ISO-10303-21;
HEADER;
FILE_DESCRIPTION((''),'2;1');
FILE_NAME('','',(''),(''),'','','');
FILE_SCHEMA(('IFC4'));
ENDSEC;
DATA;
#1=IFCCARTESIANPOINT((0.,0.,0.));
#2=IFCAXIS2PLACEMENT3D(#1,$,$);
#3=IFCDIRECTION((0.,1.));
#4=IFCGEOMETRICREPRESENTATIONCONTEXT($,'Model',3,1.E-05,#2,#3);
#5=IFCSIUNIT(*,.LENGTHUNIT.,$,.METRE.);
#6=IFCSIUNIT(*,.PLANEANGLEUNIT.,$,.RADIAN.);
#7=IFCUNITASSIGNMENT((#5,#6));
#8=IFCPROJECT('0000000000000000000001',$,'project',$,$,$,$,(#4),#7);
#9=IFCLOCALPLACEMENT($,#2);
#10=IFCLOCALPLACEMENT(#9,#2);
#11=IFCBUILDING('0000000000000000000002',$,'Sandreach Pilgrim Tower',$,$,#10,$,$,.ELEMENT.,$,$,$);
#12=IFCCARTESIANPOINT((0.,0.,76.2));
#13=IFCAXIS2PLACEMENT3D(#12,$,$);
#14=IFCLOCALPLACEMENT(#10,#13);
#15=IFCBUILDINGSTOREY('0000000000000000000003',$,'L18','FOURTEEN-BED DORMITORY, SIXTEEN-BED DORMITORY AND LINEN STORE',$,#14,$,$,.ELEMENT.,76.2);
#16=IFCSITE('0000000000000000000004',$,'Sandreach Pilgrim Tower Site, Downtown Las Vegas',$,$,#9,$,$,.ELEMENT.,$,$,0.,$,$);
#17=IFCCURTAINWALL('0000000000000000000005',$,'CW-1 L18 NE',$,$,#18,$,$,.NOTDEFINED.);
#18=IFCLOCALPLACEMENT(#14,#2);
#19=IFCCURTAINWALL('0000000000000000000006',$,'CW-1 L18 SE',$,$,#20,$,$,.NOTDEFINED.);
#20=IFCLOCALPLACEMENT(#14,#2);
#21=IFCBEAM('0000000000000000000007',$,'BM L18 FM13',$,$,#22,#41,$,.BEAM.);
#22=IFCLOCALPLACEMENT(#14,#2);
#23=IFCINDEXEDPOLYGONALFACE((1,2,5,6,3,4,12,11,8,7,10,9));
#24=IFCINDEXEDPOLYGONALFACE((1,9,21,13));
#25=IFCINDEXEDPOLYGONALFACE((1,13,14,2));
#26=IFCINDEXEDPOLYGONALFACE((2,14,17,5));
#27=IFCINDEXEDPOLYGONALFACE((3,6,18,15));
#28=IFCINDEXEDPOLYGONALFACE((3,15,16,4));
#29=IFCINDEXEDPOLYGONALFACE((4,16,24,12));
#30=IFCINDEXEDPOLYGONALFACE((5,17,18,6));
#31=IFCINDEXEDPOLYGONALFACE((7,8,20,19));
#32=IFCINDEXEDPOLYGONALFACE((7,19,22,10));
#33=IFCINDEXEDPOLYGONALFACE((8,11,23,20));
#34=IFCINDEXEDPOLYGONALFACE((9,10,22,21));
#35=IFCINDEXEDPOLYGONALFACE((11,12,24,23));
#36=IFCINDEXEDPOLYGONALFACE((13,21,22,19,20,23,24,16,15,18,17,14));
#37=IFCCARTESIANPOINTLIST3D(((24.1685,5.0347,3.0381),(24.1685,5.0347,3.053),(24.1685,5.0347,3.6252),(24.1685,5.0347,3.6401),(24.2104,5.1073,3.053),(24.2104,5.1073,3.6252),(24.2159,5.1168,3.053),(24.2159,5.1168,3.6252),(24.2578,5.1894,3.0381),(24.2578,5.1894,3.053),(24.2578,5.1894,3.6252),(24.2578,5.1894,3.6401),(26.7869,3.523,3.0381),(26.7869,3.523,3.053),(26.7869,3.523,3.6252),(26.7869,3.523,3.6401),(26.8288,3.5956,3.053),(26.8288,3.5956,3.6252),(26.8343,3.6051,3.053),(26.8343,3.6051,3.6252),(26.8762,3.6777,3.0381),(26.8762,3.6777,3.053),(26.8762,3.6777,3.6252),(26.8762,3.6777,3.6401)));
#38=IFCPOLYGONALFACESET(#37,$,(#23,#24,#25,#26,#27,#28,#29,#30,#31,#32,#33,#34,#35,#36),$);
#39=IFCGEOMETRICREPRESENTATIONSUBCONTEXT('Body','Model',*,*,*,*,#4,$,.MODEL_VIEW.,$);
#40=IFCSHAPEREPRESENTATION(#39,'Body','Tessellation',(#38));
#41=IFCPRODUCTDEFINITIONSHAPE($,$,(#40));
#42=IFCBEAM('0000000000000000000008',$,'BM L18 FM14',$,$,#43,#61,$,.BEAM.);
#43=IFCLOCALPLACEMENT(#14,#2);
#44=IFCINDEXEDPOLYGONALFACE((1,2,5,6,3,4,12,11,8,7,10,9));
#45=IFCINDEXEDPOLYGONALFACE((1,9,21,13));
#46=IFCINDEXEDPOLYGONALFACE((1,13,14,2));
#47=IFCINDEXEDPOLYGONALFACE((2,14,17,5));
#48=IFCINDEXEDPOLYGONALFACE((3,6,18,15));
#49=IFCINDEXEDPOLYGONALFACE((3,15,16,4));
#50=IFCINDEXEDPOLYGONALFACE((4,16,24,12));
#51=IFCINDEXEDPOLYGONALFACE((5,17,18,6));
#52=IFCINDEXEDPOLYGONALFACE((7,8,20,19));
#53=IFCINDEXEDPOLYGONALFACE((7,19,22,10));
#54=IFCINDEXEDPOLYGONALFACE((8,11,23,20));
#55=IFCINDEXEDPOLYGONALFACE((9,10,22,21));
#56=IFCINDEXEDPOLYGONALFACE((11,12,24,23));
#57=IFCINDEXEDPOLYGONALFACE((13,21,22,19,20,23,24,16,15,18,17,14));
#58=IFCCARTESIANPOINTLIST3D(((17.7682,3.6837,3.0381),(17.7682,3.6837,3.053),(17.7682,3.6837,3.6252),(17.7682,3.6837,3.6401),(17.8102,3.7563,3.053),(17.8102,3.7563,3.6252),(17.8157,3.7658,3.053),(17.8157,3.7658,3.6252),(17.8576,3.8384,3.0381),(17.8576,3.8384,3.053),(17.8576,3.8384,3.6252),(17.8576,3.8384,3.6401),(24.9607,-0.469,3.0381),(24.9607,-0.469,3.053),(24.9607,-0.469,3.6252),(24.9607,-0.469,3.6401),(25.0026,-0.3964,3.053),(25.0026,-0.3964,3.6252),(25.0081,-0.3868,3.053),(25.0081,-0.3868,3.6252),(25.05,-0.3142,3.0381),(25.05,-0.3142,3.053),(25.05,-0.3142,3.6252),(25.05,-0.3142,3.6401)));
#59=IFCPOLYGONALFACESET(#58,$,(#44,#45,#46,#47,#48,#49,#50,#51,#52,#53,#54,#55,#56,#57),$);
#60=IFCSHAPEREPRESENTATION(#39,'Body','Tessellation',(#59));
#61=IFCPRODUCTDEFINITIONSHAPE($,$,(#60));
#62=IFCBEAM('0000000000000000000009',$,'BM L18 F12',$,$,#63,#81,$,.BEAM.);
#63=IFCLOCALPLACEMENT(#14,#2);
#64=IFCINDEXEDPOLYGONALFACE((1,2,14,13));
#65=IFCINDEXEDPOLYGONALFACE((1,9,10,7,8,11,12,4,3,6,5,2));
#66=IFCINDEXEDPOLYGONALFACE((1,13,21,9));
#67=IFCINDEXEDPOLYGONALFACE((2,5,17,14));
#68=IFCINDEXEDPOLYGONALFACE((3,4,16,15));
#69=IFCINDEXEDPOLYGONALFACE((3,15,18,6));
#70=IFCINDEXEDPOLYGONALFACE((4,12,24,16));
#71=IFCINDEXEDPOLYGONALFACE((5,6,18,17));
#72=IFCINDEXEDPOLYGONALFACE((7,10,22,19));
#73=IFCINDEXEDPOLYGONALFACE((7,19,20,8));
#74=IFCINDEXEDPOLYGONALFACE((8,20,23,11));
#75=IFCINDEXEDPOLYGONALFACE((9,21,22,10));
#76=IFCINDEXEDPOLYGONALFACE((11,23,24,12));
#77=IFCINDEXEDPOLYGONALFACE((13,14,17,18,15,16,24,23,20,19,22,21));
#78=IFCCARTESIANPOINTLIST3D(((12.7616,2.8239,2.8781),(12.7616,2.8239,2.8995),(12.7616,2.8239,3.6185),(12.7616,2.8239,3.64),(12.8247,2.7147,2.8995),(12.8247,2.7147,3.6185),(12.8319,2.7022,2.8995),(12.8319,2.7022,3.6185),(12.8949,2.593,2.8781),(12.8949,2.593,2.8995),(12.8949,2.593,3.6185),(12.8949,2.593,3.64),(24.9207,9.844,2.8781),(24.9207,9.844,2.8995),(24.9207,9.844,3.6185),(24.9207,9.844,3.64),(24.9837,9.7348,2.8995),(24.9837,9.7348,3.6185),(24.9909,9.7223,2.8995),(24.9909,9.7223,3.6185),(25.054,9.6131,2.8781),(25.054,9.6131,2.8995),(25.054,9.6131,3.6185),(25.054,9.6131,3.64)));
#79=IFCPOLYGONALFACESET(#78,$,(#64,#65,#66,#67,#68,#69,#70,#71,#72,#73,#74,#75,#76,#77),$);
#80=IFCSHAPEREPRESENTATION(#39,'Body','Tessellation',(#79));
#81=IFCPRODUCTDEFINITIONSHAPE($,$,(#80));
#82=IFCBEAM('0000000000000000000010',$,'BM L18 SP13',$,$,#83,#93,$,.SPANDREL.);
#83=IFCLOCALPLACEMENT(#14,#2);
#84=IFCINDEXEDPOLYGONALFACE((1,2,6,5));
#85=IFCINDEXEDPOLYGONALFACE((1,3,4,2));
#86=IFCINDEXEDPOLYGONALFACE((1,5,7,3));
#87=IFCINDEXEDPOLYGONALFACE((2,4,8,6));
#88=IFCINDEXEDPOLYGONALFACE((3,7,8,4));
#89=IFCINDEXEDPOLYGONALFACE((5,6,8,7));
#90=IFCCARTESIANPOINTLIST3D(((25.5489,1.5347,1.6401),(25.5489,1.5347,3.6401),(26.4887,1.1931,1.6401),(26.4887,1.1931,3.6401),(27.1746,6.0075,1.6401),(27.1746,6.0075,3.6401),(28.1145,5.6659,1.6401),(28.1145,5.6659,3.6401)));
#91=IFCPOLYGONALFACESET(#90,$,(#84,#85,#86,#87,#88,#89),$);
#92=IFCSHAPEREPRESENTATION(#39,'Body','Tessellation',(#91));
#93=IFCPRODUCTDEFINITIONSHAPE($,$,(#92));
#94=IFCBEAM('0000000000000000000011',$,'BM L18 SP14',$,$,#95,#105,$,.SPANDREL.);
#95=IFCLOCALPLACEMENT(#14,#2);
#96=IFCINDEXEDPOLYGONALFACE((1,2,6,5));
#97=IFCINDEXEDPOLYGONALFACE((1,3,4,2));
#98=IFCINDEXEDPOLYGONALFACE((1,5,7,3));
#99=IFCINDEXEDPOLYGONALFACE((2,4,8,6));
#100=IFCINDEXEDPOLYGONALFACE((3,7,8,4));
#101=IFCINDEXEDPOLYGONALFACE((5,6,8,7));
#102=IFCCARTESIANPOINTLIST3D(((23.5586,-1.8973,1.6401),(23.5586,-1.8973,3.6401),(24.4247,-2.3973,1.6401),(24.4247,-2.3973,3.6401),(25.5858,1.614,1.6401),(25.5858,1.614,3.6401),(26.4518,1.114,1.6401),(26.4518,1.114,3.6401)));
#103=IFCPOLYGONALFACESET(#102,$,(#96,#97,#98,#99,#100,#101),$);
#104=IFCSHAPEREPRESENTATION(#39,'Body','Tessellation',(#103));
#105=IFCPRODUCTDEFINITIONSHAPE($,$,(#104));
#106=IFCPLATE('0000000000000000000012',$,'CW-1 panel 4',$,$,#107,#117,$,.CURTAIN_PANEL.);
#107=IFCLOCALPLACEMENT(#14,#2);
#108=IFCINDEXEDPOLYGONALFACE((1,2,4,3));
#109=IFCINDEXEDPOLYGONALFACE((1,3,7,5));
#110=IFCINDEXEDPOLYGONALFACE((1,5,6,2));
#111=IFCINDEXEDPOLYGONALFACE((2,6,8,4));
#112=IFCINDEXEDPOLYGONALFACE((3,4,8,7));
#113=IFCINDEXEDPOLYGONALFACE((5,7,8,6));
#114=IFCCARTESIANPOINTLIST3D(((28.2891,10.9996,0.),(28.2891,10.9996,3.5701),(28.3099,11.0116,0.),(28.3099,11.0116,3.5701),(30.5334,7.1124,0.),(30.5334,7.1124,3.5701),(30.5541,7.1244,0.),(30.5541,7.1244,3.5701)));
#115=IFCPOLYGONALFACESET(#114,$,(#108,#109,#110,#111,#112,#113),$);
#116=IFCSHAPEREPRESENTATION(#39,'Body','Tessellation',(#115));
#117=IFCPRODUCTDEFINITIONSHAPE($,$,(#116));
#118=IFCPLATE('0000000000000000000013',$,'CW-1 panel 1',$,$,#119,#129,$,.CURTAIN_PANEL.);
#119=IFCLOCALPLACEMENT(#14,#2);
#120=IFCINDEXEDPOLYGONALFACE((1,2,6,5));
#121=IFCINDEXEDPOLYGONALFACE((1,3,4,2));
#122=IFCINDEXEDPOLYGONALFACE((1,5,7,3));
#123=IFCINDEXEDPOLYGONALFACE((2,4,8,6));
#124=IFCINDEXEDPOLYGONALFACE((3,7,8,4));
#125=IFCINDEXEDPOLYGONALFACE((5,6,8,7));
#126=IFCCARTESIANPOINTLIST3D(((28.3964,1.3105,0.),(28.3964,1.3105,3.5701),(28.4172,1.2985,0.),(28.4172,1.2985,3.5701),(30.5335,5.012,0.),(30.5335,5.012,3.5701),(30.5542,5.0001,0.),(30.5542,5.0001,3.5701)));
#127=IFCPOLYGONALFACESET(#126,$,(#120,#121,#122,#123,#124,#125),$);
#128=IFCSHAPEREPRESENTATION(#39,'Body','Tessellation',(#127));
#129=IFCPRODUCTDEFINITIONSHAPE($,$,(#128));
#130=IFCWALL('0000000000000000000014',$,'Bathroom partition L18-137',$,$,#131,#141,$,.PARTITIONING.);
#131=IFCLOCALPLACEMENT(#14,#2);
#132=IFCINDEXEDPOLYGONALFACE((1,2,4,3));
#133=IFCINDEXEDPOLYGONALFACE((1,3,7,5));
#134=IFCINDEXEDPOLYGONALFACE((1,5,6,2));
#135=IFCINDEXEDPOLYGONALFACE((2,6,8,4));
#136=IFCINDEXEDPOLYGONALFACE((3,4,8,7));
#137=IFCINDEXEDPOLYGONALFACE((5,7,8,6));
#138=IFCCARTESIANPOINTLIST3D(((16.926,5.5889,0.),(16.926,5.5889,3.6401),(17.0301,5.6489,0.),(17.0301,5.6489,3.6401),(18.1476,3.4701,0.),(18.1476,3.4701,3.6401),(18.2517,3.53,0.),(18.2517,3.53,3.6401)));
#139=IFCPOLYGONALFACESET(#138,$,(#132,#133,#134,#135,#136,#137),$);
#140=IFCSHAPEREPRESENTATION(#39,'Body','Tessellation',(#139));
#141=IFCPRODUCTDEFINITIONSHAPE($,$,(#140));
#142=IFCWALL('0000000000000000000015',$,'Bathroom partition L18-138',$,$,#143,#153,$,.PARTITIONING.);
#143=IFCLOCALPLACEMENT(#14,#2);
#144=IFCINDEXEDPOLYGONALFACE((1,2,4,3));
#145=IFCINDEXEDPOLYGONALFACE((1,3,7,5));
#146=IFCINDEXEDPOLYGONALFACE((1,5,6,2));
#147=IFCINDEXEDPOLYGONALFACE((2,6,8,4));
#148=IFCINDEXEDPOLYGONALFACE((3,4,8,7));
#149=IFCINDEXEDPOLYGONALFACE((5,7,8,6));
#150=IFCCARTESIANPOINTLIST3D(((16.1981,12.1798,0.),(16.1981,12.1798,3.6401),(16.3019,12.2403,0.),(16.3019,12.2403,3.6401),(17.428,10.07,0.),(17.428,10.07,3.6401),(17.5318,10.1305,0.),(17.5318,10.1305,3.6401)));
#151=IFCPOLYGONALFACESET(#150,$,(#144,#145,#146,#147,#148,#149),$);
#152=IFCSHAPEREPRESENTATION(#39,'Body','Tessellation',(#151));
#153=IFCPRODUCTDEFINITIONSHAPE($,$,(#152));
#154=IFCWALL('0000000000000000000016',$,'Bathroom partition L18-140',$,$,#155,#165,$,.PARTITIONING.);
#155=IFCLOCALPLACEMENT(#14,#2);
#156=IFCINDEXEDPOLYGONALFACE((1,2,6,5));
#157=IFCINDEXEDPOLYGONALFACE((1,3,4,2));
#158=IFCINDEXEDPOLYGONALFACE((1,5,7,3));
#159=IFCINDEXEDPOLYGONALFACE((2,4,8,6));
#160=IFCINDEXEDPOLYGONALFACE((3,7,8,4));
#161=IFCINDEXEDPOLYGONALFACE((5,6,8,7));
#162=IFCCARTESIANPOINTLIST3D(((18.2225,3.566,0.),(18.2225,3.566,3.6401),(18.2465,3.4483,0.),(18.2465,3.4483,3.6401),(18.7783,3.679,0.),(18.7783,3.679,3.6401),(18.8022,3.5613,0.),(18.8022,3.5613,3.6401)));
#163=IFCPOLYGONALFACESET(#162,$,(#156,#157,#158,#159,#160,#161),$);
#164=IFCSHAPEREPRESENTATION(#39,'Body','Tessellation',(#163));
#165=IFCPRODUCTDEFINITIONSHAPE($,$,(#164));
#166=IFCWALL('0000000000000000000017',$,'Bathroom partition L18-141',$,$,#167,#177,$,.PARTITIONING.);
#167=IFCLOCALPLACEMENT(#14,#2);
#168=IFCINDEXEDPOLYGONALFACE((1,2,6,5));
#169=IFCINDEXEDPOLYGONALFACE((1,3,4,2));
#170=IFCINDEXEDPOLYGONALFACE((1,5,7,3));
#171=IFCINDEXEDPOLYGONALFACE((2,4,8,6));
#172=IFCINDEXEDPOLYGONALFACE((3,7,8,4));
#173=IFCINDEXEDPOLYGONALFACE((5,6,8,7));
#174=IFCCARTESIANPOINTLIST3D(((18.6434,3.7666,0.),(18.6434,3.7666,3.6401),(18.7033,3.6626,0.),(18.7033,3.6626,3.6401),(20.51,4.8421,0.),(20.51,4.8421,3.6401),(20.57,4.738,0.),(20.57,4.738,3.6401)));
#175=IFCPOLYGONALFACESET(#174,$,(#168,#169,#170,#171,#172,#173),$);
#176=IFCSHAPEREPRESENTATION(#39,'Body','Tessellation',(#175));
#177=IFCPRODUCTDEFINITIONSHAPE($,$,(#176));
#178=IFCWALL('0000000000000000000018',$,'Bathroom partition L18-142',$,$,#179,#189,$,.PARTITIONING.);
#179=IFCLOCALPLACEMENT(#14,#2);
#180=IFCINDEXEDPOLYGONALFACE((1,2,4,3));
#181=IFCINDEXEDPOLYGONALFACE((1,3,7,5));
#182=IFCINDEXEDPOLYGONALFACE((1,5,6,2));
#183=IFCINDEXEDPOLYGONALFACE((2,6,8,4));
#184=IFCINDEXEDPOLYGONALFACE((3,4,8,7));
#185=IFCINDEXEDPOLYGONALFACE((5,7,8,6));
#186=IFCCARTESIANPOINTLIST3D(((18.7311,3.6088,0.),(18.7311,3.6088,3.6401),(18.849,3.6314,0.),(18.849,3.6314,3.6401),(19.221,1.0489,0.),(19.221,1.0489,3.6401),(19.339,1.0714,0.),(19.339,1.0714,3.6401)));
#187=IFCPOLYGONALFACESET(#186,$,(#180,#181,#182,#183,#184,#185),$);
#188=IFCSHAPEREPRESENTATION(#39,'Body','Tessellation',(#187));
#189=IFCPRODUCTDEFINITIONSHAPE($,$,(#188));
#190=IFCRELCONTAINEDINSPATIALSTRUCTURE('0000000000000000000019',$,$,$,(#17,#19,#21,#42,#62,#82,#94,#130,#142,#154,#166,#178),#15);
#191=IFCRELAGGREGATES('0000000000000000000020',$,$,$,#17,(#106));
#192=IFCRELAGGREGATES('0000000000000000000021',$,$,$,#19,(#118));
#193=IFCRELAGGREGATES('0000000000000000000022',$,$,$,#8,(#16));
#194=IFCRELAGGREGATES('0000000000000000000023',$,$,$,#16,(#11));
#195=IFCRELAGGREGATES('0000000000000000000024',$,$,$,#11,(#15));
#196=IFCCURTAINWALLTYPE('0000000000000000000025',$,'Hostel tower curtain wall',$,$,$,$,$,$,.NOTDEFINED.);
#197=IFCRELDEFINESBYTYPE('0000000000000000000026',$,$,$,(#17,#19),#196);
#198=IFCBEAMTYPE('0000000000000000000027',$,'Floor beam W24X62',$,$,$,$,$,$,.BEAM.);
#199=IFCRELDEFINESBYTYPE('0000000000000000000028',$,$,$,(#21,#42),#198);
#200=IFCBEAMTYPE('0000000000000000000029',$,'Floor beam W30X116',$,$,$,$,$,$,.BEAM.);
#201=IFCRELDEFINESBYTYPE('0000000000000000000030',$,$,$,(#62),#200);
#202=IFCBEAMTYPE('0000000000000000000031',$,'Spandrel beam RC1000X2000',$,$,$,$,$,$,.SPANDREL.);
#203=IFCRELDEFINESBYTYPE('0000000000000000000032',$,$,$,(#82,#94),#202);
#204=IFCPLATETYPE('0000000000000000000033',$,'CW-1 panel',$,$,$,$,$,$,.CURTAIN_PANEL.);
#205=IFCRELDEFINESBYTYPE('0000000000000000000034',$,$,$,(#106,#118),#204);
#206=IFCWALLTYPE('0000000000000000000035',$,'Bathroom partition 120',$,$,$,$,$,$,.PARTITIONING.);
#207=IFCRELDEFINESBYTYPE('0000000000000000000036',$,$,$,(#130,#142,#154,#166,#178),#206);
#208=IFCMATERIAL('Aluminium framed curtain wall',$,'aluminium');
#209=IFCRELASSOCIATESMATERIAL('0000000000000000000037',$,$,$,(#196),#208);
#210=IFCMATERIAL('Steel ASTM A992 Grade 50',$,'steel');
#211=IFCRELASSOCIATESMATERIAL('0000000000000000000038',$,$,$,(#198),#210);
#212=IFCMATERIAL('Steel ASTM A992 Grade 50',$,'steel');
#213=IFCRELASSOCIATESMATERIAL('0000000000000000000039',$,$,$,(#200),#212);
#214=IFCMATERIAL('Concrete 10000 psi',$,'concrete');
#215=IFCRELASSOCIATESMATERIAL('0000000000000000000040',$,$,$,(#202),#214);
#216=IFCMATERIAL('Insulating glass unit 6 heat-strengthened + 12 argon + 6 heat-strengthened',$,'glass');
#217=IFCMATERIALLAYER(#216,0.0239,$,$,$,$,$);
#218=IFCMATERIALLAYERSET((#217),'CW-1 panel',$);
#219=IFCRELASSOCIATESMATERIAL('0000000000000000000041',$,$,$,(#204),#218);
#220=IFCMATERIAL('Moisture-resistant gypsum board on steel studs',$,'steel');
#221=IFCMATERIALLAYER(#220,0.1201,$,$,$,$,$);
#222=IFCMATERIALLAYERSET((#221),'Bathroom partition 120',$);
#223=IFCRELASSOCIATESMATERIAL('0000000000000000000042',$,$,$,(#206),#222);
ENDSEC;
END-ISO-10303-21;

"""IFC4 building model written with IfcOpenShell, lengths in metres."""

from ifc_helpers import new_model, si_unit, direction, frame, frame_2d, origin, origin_2d, place, context, subcontext, project, spatial, rectangle, i_section, extrude, material, layer, layer_set, material_profile, profile_set, type_object, element, aggregate, save


model = new_model("IFC4")

# Units and contexts
model_context = context("Model", 3, precision=1e-05, world=origin(), true_north=direction((0.0, 1.0)))
body_context = subcontext(model_context, "Body", "Model", "MODEL_VIEW")
ifc_project = project(units=[si_unit("LENGTHUNIT", "METRE"), si_unit("PLANEANGLEUNIT", "RADIAN")], contexts=[model_context])

# Site, building, storey
site_placement = place(None, origin())
site = spatial("IfcSite", under=ifc_project, at=site_placement, Name="Sandreach Pilgrim Tower Site, Downtown Las Vegas", CompositionType="ELEMENT", RefElevation=0.0)
building_placement = place(site_placement, origin())
building = spatial("IfcBuilding", under=site, at=building_placement, Name="Sandreach Pilgrim Tower", CompositionType="ELEMENT")
storey_placement = place(building_placement, frame((0.0, 0.0, 76.2)))
storey = spatial("IfcBuildingStorey", under=building, at=storey_placement, Name="L18", Description="FOURTEEN-BED DORMITORY, SIXTEEN-BED DORMITORY AND LINEN STORE", CompositionType="ELEMENT", Elevation=76.2)

# Curtain wall
ifc_material_1 = material(Name="Aluminium framed curtain wall", Category="aluminium")
curtain_wall_type = type_object("IfcCurtainWallType", Name="Hostel tower curtain wall", PredefinedType="NOTDEFINED", material=ifc_material_1)
curtain_wall_1_placement = place(storey_placement, origin())
curtain_wall_1 = element("IfcCurtainWall", 1, at=curtain_wall_1_placement, inside=storey, type_object=curtain_wall_type, Name="CW-1 L18 NE", PredefinedType="NOTDEFINED")

# Curtain wall
curtain_wall_2_placement = place(storey_placement, origin())
curtain_wall_2 = element("IfcCurtainWall", 2, at=curtain_wall_2_placement, inside=storey, type_object=curtain_wall_type, Name="CW-1 L18 SE", PredefinedType="NOTDEFINED")

# Beams
ifc_material_2 = material(Name="Steel ASTM A992 Grade 50", Category="steel")
ifc_material_profile_1 = material_profile(ifc_material_2, i_section(OverallWidth=0.1787, OverallDepth=0.6021, WebThickness=0.011, FlangeThickness=0.0149, at=origin_2d()), Name="W24X62")
ifc_profile_set_1 = profile_set([ifc_material_profile_1], Name="Steel ASTM A992 Grade 50")
beam_type_1 = type_object("IfcBeamType", Name="Floor beam W24X62", PredefinedType="BEAM", material=ifc_profile_set_1)
beam_1_placement = place(storey_placement, frame((26.8315, 3.6003, 3.3391), z_axis=(-0.866028, 0.499995, 0.0), x_axis=(-0.499995, -0.866028, 0.0)))
element("IfcBeam", 3, at=beam_1_placement, inside=storey, type_object=beam_type_1, Name="BM L18 FM13", PredefinedType="BEAM", context=body_context, shape_type="SweptSolid", body=[
    extrude(i_section(OverallWidth=0.1787, OverallDepth=0.6021, WebThickness=0.011, FlangeThickness=0.0149, at=origin_2d()), origin(), (0.0, 0.0, 1.0), 3.0234),
])
beam_2_placement = place(storey_placement, frame((25.0054, -0.3916, 3.3391), z_axis=(-0.866022, 0.500006, 0.0), x_axis=(-0.500006, -0.866022, 0.0)))
element("IfcBeam", 4, at=beam_2_placement, inside=storey, type_object=beam_type_1, Name="BM L18 FM14", PredefinedType="BEAM", context=body_context, shape_type="SweptSolid", body=[
    extrude(i_section(OverallWidth=0.1787, OverallDepth=0.6021, WebThickness=0.011, FlangeThickness=0.0149, at=origin_2d()), origin(), (0.0, 0.0, 1.0), 8.3052),
])
ifc_material_3 = material(Name="Steel ASTM A992 Grade 50", Category="steel")
ifc_material_profile_2 = material_profile(ifc_material_3, i_section(OverallWidth=0.2666, OverallDepth=0.762, WebThickness=0.0144, FlangeThickness=0.0215, at=origin_2d()), Name="W30X116")
ifc_profile_set_2 = profile_set([ifc_material_profile_2], Name="Steel ASTM A992 Grade 50")
beam_type_2 = type_object("IfcBeamType", Name="Floor beam W30X116", PredefinedType="BEAM", material=ifc_profile_set_2)
beam_3_placement = place(storey_placement, frame((24.9873, 9.7285, 3.259), z_axis=(-0.866024, -0.500003, 0.0), x_axis=(0.500003, -0.866024, 0.0)))
element("IfcBeam", 5, at=beam_3_placement, inside=storey, type_object=beam_type_2, Name="BM L18 F12", PredefinedType="BEAM", context=body_context, shape_type="SweptSolid", body=[
    extrude(i_section(OverallWidth=0.2666, OverallDepth=0.762, WebThickness=0.0144, FlangeThickness=0.0215, at=origin_2d()), origin(), (0.0, 0.0, 1.0), 14.04),
])
ifc_material_4 = material(Name="Concrete 10000 psi", Category="concrete")
ifc_material_profile_3 = material_profile(ifc_material_4, rectangle(XDim=1.0, YDim=2.0, at=origin_2d()), Name="RC1000X2000")
ifc_profile_set_3 = profile_set([ifc_material_profile_3], Name="Concrete 10000 psi")
beam_type_3 = type_object("IfcBeamType", Name="Spandrel beam RC1000X2000", PredefinedType="SPANDREL", material=ifc_profile_set_3)
beam_4_placement = place(storey_placement, frame((27.6445, 5.8367, 2.6401), z_axis=(-0.341615, -0.93984, 0.0), x_axis=(0.93984, -0.341615, 0.0)))
element("IfcBeam", 6, at=beam_4_placement, inside=storey, type_object=beam_type_3, Name="BM L18 SP13", PredefinedType="SPANDREL", context=body_context, shape_type="SweptSolid", body=[
    extrude(rectangle(XDim=1.0, YDim=2.0, at=origin_2d()), origin(), (0.0, 0.0, 1.0), 4.759),
])
beam_5_placement = place(storey_placement, frame((26.0188, 1.364, 2.6401), z_axis=(-0.49998, -0.866037, 0.0), x_axis=(0.866037, -0.49998, 0.0)))
element("IfcBeam", 7, at=beam_5_placement, inside=storey, type_object=beam_type_3, Name="BM L18 SP14", PredefinedType="SPANDREL", context=body_context, shape_type="SweptSolid", body=[
    extrude(rectangle(XDim=1.0, YDim=2.0, at=origin_2d()), origin(), (0.0, 0.0, 1.0), 4.0544),
])

# Plates
ifc_material_5 = material(Name="Insulating glass unit 6 heat-strengthened + 12 argon + 6 heat-strengthened", Category="glass")
ifc_layer_1 = layer(ifc_material_5, 0.0239)
ifc_layer_set_1 = layer_set([ifc_layer_1], Name="CW-1 panel")
plate_type = type_object("IfcPlateType", Name="CW-1 panel", PredefinedType="CURTAIN_PANEL", material=ifc_layer_set_1)
plate_1_placement = place(storey_placement, frame((29.4216, 9.062, 0.0), z_axis=(0.0, 0.0, 1.0), x_axis=(0.5, -0.866025, 0.0)))
plate_1 = element("IfcPlate", 8, at=plate_1_placement, type_object=plate_type, Name="CW-1 panel 4", PredefinedType="CURTAIN_PANEL", context=body_context, shape_type="SweptSolid", body=[
    extrude(rectangle(XDim=4.4885, YDim=0.0239, at=origin_2d()), origin(), (0.0, 0.0, 1.0), 3.5701),
])
aggregate(curtain_wall_1, [plate_1])
plate_2_placement = place(storey_placement, frame((29.4753, 3.1553, 0.0), z_axis=(0.0, 0.0, 1.0), x_axis=(-0.5, -0.866025, 0.0)))
plate_2 = element("IfcPlate", 9, at=plate_2_placement, type_object=plate_type, Name="CW-1 panel 1", PredefinedType="CURTAIN_PANEL", context=body_context, shape_type="SweptSolid", body=[
    extrude(rectangle(XDim=4.2742, YDim=0.0239, at=origin_2d()), origin(), (0.0, 0.0, 1.0), 3.5701),
])
aggregate(curtain_wall_2, [plate_2])

# Walls
ifc_material_6 = material(Name="Moisture-resistant gypsum board on steel studs", Category="steel")
ifc_layer_2 = layer(ifc_material_6, 0.1201)
ifc_layer_set_2 = layer_set([ifc_layer_2], Name="Bathroom partition 120")
wall_type_1 = type_object("IfcWallType", Name="Bathroom partition 120", PredefinedType="PARTITIONING", material=ifc_layer_set_2)
wall_1_placement = place(storey_placement, frame((16.978, 5.6189, 0.0), z_axis=(0.0, 0.0, 1.0), x_axis=(0.499489, -0.86632, 0.0)))
element("IfcWall", 10, at=wall_1_placement, inside=storey, type_object=wall_type_1, Name="Bathroom partition L18-137", PredefinedType="PARTITIONING", context=body_context, shape_type="SweptSolid", body=[
    extrude(rectangle(XDim=2.4458, YDim=0.1201, at=frame_2d((1.2229, 0.0))), origin(), (0.0, 0.0, 1.0), 3.6401),
])
wall_2_placement = place(storey_placement, frame((17.48, 10.1001, 0.0), z_axis=(0.0, 0.0, 1.0), x_axis=(-0.503635, 0.863917, 0.0)))
element("IfcWall", 11, at=wall_2_placement, inside=storey, type_object=wall_type_1, Name="Bathroom partition L18-138", PredefinedType="PARTITIONING", context=body_context, shape_type="SweptSolid", body=[
    extrude(rectangle(XDim=2.4421, YDim=0.1201, at=frame_2d((1.2212, 0.0))), origin(), (0.0, 0.0, 1.0), 3.6401),
])
wall_3_placement = place(storey_placement, frame((18.2344, 3.5071, 0.0), z_axis=(0.0, 0.0, 1.0), x_axis=(0.97993, 0.199344, 0.0)))
element("IfcWall", 12, at=wall_3_placement, inside=storey, type_object=wall_type_1, Name="Bathroom partition L18-140", PredefinedType="PARTITIONING", context=body_context, shape_type="SweptSolid", body=[
    extrude(rectangle(XDim=0.5671, YDim=0.1201, at=frame_2d((0.2837, 0.0))), origin(), (0.0, 0.0, 1.0), 3.6401),
])
wall_4_placement = place(storey_placement, frame((18.6733, 3.7146, 0.0), z_axis=(0.0, 0.0, 1.0), x_axis=(0.866487, 0.499199, 0.0)))
element("IfcWall", 13, at=wall_4_placement, inside=storey, type_object=wall_type_1, Name="Bathroom partition L18-141", PredefinedType="PARTITIONING", context=body_context, shape_type="SweptSolid", body=[
    extrude(rectangle(XDim=2.1543, YDim=0.1201, at=frame_2d((1.0771, 0.0))), origin(), (0.0, 0.0, 1.0), 3.6401),
])
wall_5_placement = place(storey_placement, frame((18.79, 3.6201, 0.0), z_axis=(0.0, 0.0, 1.0), x_axis=(0.187986, -0.982172, 0.0)))
element("IfcWall", 14, at=wall_5_placement, inside=storey, type_object=wall_type_1, Name="Bathroom partition L18-142", PredefinedType="PARTITIONING", context=body_context, shape_type="SweptSolid", body=[
    extrude(rectangle(XDim=2.6064, YDim=0.1201, at=frame_2d((1.3032, 0.0))), origin(), (0.0, 0.0, 1.0), 3.6401),
])

save(model, "model.ifc")
